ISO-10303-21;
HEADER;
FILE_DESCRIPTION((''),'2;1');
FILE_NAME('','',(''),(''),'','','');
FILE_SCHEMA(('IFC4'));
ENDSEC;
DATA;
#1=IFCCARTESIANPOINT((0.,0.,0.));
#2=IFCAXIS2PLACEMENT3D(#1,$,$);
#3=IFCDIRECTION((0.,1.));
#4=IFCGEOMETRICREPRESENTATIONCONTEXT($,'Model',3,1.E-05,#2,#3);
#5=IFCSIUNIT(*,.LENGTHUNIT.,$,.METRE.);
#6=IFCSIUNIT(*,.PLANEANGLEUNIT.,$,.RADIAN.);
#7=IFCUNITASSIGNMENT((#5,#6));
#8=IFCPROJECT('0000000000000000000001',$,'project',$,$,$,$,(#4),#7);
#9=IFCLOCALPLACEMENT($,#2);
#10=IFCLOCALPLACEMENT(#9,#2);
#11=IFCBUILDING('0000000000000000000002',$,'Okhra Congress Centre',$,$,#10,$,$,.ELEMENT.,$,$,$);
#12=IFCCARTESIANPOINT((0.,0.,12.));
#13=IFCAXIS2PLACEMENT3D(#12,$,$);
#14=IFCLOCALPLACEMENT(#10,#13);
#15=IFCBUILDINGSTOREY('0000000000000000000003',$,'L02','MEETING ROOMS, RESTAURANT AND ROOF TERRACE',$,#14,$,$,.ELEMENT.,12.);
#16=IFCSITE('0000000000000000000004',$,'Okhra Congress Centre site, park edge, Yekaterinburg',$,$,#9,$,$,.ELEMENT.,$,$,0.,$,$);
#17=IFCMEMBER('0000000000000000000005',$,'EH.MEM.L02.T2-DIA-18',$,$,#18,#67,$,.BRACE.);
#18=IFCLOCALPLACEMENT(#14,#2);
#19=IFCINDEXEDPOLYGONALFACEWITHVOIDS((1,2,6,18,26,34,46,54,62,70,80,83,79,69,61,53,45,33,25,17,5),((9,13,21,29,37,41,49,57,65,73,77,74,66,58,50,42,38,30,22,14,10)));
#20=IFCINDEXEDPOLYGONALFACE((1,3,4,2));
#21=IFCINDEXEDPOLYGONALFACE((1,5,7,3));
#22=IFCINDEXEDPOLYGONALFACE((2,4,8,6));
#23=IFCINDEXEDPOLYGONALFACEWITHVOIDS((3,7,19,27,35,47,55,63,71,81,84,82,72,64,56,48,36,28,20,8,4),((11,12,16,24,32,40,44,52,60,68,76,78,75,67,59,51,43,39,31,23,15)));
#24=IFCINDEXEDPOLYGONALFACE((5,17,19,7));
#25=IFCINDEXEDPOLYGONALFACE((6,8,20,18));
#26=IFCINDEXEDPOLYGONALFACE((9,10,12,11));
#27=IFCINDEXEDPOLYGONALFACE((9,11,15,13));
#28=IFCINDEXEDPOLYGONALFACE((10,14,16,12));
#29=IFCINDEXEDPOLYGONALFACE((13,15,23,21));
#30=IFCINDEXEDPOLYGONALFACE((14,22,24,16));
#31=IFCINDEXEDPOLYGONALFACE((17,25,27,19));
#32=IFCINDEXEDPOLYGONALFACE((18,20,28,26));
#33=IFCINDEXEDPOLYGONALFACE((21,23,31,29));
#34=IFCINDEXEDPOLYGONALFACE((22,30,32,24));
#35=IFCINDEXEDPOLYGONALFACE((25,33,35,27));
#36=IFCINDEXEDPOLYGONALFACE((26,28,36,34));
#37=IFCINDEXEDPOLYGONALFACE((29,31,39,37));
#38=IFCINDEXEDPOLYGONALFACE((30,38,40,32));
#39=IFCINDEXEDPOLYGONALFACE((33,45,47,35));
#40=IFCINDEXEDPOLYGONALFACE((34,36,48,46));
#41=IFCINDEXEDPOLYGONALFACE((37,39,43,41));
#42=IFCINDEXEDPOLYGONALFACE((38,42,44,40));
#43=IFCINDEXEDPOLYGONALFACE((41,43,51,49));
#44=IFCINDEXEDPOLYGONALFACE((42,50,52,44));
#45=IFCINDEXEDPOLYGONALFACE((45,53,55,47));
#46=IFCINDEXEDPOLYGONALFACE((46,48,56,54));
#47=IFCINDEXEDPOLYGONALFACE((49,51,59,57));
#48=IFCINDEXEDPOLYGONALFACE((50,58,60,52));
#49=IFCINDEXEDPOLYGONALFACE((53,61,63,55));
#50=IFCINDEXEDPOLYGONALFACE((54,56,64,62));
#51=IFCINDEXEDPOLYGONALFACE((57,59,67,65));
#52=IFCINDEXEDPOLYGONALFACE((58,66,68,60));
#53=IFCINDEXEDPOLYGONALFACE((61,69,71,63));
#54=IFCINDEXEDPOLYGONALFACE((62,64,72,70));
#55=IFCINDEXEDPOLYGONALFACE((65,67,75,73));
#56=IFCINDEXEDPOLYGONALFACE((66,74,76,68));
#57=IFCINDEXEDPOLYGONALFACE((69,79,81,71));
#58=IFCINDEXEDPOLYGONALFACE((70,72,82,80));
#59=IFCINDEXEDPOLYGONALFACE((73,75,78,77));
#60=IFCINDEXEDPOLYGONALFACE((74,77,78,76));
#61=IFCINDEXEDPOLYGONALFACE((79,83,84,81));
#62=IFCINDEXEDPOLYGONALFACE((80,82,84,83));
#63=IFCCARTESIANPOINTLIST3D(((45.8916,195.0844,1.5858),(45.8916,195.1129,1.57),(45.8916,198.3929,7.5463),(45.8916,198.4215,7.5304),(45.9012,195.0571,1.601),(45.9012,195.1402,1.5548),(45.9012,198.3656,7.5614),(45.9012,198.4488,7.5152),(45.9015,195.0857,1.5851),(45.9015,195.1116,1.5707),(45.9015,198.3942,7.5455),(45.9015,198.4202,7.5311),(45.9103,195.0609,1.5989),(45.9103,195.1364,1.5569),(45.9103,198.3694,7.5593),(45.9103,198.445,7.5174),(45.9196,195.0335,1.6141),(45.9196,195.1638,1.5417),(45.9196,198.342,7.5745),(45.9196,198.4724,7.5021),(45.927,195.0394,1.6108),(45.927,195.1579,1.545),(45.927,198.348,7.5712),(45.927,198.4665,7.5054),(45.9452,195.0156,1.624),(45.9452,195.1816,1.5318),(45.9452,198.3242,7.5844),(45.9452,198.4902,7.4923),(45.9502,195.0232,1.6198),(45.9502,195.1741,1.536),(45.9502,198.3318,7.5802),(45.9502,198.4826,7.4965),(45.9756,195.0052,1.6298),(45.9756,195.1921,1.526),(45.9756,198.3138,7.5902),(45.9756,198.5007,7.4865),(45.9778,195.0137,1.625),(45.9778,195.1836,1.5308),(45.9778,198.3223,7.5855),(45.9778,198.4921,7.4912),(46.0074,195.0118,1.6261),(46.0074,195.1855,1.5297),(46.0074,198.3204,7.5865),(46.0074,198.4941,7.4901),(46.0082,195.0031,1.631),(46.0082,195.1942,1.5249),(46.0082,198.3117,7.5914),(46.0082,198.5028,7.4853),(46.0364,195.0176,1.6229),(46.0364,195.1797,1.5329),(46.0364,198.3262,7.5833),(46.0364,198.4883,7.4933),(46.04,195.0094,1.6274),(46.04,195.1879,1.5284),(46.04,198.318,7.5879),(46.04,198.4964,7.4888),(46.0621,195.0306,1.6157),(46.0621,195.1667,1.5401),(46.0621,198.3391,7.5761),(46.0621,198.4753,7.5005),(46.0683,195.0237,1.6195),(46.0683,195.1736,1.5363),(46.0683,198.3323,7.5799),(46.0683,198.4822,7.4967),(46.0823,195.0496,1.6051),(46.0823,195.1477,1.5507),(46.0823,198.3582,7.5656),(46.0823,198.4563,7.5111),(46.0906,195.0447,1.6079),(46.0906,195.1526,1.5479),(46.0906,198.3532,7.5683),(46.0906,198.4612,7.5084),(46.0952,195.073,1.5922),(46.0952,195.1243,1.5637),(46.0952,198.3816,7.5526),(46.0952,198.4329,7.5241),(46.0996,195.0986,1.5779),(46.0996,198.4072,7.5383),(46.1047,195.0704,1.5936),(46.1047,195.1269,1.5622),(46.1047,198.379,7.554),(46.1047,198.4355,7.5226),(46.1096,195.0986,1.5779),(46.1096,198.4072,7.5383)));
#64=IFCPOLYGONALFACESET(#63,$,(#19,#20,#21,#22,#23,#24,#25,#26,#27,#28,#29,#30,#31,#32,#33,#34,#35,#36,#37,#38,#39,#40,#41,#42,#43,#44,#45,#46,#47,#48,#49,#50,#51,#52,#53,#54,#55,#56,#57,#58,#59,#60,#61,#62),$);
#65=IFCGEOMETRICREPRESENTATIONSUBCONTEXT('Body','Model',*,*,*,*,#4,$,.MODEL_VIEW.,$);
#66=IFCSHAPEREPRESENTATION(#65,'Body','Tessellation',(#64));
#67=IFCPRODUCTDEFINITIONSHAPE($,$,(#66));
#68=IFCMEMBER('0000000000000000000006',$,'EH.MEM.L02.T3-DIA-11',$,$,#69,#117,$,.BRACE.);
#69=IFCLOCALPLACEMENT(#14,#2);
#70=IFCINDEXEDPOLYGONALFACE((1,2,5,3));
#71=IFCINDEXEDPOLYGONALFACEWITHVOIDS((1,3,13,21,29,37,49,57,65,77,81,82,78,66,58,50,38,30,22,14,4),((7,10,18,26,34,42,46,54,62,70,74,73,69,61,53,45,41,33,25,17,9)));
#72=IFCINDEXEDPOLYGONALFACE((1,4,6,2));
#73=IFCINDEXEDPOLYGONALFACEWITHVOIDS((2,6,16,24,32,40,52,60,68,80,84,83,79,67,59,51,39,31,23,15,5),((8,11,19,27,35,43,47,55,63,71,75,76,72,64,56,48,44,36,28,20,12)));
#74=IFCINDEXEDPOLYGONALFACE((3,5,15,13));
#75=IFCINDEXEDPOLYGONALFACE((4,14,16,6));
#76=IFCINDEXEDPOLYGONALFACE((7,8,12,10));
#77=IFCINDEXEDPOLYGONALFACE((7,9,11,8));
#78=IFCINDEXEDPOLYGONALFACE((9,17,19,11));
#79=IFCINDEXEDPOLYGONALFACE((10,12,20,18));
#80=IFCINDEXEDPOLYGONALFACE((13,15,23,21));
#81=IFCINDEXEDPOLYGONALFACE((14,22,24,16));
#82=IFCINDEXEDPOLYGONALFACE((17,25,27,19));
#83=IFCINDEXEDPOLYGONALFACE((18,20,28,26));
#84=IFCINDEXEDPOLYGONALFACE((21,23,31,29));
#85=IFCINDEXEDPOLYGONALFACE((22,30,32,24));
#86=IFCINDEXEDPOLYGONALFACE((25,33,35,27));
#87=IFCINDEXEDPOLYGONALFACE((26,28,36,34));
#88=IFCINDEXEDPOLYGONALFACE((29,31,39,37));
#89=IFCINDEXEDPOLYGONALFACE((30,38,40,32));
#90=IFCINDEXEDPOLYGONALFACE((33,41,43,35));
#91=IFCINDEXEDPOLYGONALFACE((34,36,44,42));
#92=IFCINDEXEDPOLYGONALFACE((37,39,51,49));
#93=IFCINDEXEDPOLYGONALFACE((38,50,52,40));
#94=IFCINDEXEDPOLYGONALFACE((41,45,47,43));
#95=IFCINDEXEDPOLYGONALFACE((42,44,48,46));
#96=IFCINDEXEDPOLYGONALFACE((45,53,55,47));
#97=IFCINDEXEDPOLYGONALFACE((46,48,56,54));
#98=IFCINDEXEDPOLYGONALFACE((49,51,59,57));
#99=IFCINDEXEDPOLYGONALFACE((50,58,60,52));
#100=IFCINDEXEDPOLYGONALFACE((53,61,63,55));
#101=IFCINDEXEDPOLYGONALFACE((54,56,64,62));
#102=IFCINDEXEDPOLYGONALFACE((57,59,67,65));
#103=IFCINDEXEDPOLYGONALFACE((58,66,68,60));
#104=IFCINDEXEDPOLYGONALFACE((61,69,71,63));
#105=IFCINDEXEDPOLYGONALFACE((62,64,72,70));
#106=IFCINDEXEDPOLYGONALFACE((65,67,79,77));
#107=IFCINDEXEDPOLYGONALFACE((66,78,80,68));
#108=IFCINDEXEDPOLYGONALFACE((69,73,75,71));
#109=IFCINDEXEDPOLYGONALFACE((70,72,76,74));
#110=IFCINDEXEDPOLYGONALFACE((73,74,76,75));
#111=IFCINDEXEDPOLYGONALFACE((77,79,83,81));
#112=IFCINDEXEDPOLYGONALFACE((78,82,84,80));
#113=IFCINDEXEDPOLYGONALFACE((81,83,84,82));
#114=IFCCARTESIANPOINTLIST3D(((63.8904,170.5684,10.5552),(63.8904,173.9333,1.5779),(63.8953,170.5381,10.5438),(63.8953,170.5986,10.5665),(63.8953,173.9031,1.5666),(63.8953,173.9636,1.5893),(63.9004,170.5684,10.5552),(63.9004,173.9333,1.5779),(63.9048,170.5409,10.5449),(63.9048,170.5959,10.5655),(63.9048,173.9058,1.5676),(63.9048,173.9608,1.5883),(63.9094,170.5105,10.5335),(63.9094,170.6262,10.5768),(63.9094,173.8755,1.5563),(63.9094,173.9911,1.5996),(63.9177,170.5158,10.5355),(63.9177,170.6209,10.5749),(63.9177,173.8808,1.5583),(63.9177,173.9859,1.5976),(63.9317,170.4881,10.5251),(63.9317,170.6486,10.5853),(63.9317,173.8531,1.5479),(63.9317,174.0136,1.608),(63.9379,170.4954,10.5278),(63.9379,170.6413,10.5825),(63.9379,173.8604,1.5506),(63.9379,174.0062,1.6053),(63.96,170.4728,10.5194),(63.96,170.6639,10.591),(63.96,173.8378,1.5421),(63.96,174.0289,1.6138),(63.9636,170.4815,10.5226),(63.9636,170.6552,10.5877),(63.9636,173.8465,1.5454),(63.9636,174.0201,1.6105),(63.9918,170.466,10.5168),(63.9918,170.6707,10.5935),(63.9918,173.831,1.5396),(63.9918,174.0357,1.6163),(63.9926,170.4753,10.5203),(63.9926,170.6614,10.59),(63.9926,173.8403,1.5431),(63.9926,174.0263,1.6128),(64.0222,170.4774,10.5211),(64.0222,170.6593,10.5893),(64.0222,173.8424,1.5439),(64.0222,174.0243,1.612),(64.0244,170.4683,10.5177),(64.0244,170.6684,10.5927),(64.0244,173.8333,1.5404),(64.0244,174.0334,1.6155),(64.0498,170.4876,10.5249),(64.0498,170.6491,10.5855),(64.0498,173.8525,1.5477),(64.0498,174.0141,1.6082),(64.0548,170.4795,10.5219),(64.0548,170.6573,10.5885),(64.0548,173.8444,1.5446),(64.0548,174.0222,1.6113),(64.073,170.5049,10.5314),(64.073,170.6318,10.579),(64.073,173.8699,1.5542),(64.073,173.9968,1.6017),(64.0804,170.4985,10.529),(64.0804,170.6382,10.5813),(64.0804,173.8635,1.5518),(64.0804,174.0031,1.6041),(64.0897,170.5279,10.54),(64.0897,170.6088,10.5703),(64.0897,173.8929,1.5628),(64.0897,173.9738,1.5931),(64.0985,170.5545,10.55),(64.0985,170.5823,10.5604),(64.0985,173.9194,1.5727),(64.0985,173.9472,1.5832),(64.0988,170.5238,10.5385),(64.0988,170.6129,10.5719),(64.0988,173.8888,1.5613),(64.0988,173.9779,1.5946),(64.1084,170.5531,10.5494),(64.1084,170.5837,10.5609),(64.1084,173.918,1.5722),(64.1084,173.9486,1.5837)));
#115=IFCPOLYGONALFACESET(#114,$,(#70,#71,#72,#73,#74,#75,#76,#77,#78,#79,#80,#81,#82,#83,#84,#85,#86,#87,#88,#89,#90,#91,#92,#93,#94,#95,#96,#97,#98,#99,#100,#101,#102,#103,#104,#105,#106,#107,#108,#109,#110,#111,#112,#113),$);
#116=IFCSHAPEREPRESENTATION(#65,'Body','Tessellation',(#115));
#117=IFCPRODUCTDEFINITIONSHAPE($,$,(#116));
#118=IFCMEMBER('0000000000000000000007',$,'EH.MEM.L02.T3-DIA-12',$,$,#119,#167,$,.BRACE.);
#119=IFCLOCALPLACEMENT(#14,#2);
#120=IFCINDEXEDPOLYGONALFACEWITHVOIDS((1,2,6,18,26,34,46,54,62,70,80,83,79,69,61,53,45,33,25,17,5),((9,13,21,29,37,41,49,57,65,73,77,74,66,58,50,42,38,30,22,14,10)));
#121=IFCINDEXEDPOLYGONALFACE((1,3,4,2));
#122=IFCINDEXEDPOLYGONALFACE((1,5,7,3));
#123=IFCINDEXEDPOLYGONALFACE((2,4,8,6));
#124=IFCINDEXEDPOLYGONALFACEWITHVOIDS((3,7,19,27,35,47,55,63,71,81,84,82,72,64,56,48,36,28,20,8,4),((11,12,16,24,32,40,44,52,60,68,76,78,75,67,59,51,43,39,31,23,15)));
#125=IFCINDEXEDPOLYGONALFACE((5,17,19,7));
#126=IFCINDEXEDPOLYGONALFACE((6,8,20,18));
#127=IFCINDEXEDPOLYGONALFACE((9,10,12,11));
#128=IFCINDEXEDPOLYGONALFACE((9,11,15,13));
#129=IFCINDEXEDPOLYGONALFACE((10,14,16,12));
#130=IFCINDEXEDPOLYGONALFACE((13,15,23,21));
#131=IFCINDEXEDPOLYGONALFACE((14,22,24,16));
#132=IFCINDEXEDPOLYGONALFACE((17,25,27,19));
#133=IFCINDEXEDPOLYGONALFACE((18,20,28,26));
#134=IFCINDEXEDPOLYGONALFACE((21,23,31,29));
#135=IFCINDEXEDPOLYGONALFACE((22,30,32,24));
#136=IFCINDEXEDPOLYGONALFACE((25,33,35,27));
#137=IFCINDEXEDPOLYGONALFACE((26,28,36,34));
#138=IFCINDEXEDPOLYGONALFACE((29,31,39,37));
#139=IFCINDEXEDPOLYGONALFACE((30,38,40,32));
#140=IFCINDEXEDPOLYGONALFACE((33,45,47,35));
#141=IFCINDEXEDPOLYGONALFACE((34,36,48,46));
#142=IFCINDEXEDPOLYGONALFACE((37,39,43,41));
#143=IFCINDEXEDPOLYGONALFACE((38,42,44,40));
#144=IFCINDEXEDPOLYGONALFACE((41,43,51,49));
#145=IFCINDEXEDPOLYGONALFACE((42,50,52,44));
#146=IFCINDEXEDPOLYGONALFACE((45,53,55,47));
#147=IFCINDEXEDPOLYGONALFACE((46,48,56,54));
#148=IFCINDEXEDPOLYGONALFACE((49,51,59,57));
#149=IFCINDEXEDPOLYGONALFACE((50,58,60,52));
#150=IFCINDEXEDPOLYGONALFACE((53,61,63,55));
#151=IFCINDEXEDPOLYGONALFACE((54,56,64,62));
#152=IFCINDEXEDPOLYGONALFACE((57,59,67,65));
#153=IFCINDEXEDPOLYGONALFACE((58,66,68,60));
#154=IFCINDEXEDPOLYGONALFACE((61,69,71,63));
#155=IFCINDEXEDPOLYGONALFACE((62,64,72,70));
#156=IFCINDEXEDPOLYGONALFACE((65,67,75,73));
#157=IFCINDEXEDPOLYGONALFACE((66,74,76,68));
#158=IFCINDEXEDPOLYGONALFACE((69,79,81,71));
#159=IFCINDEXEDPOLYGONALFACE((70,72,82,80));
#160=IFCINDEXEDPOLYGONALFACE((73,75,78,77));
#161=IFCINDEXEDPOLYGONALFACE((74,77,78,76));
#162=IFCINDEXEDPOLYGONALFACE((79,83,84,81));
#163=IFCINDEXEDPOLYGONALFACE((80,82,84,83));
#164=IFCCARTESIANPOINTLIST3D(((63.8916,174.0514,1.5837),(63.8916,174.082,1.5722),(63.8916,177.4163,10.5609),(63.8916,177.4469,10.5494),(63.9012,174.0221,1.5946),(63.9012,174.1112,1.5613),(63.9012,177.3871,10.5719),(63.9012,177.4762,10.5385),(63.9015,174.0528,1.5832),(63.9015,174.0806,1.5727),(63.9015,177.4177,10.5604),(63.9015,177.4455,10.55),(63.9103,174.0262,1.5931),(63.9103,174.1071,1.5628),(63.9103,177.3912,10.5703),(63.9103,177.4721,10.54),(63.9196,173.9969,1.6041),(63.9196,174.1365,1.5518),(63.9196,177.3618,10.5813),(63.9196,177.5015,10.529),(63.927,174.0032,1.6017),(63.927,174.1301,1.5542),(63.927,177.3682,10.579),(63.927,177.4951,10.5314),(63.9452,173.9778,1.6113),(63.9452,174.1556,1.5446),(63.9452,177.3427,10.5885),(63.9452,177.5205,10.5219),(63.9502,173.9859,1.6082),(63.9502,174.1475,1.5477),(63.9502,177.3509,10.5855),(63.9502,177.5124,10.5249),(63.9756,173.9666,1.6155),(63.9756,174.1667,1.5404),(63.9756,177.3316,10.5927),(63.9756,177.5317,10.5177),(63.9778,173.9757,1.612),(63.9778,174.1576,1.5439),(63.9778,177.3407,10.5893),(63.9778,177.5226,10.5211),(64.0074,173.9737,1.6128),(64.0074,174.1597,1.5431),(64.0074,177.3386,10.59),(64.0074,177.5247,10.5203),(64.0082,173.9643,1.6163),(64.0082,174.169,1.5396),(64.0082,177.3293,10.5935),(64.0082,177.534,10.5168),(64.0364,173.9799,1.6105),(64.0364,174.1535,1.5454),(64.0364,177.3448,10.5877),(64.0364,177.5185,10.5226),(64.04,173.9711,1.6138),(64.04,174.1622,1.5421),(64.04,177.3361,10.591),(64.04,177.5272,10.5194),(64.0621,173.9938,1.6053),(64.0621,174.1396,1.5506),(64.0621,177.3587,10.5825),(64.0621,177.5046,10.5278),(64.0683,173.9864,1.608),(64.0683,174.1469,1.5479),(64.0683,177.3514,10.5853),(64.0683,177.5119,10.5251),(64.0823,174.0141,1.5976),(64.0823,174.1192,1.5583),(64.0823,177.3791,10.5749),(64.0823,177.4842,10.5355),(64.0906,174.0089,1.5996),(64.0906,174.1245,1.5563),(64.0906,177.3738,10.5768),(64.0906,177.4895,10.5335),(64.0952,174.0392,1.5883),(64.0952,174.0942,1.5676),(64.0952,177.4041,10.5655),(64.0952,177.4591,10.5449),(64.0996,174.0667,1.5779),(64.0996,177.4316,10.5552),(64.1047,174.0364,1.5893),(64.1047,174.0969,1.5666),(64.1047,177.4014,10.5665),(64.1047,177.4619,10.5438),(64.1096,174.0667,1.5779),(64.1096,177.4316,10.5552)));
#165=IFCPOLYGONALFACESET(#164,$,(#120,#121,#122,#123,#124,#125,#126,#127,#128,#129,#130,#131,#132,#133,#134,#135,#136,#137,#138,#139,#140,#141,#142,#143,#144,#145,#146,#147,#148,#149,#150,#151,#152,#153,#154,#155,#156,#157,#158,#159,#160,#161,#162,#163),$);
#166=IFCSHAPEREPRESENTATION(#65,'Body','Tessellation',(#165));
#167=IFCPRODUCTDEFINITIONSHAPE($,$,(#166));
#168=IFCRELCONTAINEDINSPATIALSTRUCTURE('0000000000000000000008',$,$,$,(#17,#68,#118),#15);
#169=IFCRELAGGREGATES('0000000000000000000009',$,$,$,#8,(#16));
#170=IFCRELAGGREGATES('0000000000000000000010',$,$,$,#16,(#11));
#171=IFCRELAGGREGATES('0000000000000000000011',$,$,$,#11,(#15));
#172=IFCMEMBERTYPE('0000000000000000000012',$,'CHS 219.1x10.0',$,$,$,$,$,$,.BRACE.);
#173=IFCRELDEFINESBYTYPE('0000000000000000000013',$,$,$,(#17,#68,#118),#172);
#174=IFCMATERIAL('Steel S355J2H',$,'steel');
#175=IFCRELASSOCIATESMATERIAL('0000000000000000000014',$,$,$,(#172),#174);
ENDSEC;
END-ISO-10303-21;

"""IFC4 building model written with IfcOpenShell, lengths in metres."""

from ifc_helpers import new_model, si_unit, direction, frame, origin, origin_2d, place, context, subcontext, project, spatial, hollow_circle, extrude, material, material_profile, profile_set, type_object, element, save


model = new_model("IFC4")

# Units and contexts
model_context = context("Model", 3, precision=1e-05, world=origin(), true_north=direction((0.0, 1.0)))
body_context = subcontext(model_context, "Body", "Model", "MODEL_VIEW")
ifc_project = project(units=[si_unit("LENGTHUNIT", "METRE"), si_unit("PLANEANGLEUNIT", "RADIAN")], contexts=[model_context])

# Site, building, storey
site_placement = place(None, origin())
site = spatial("IfcSite", under=ifc_project, at=site_placement, Name="Okhra Congress Centre site, park edge, Yekaterinburg", CompositionType="ELEMENT", RefElevation=0.0)
building_placement = place(site_placement, origin())
building = spatial("IfcBuilding", under=site, at=building_placement, Name="Okhra Congress Centre", CompositionType="ELEMENT")
storey_placement = place(building_placement, frame((0.0, 0.0, 12.0)))
storey = spatial("IfcBuildingStorey", under=building, at=storey_placement, Name="L02", Description="MEETING ROOMS, RESTAURANT AND ROOF TERRACE", CompositionType="ELEMENT", Elevation=12.0)

# Members
ifc_material_1 = material(Name="Steel S355J2H", Category="steel")
ifc_material_profile_1 = material_profile(ifc_material_1, hollow_circle(Radius=0.1096, WallThickness=0.01, at=origin_2d()), Name="CHS 219.1x10.0")
ifc_profile_set_1 = profile_set([ifc_material_profile_1], Name="Steel S355J2H")
member_type_1 = type_object("IfcMemberType", Name="CHS 219.1x10.0", PredefinedType="BRACE", material=ifc_profile_set_1)
member_1_placement = place(storey_placement, frame((46.0, 198.4072, 7.5383), z_axis=(0.0, -0.485333, -0.87433), x_axis=(1.0, 0.0, 0.0)))
element("IfcMember", 1, at=member_1_placement, inside=storey, type_object=member_type_1, Name="EH.MEM.L02.T2-DIA-18", PredefinedType="BRACE", context=body_context, shape_type="SweptSolid", body=[
    extrude(hollow_circle(Radius=0.1096, WallThickness=0.01, at=origin_2d()), origin(), (0.0, 0.0, 1.0), 6.8171),
])
for number, where, z_axis, x_axis, name in (
    (2, (64.0, 170.5684, 10.5552), (0.0, 0.350987, -0.93638), (-1.0, 0.0, 0.0), "EH.MEM.L02.T3-DIA-11"),
    (3, (64.0, 177.4316, 10.5552), (0.0, -0.350987, -0.93638), (1.0, 0.0, 0.0), "EH.MEM.L02.T3-DIA-12"),
):
    element("IfcMember", number, at=place(storey_placement, frame(where, z_axis=z_axis, x_axis=x_axis)), inside=storey, type_object=member_type_1, Name=name, PredefinedType="BRACE", context=body_context, shape_type="SweptSolid", body=[
        extrude(hollow_circle(Radius=0.1096, WallThickness=0.01, at=origin_2d()), origin(), (0.0, 0.0, 1.0), 9.5872),
    ])

save(model, "model.ifc")
